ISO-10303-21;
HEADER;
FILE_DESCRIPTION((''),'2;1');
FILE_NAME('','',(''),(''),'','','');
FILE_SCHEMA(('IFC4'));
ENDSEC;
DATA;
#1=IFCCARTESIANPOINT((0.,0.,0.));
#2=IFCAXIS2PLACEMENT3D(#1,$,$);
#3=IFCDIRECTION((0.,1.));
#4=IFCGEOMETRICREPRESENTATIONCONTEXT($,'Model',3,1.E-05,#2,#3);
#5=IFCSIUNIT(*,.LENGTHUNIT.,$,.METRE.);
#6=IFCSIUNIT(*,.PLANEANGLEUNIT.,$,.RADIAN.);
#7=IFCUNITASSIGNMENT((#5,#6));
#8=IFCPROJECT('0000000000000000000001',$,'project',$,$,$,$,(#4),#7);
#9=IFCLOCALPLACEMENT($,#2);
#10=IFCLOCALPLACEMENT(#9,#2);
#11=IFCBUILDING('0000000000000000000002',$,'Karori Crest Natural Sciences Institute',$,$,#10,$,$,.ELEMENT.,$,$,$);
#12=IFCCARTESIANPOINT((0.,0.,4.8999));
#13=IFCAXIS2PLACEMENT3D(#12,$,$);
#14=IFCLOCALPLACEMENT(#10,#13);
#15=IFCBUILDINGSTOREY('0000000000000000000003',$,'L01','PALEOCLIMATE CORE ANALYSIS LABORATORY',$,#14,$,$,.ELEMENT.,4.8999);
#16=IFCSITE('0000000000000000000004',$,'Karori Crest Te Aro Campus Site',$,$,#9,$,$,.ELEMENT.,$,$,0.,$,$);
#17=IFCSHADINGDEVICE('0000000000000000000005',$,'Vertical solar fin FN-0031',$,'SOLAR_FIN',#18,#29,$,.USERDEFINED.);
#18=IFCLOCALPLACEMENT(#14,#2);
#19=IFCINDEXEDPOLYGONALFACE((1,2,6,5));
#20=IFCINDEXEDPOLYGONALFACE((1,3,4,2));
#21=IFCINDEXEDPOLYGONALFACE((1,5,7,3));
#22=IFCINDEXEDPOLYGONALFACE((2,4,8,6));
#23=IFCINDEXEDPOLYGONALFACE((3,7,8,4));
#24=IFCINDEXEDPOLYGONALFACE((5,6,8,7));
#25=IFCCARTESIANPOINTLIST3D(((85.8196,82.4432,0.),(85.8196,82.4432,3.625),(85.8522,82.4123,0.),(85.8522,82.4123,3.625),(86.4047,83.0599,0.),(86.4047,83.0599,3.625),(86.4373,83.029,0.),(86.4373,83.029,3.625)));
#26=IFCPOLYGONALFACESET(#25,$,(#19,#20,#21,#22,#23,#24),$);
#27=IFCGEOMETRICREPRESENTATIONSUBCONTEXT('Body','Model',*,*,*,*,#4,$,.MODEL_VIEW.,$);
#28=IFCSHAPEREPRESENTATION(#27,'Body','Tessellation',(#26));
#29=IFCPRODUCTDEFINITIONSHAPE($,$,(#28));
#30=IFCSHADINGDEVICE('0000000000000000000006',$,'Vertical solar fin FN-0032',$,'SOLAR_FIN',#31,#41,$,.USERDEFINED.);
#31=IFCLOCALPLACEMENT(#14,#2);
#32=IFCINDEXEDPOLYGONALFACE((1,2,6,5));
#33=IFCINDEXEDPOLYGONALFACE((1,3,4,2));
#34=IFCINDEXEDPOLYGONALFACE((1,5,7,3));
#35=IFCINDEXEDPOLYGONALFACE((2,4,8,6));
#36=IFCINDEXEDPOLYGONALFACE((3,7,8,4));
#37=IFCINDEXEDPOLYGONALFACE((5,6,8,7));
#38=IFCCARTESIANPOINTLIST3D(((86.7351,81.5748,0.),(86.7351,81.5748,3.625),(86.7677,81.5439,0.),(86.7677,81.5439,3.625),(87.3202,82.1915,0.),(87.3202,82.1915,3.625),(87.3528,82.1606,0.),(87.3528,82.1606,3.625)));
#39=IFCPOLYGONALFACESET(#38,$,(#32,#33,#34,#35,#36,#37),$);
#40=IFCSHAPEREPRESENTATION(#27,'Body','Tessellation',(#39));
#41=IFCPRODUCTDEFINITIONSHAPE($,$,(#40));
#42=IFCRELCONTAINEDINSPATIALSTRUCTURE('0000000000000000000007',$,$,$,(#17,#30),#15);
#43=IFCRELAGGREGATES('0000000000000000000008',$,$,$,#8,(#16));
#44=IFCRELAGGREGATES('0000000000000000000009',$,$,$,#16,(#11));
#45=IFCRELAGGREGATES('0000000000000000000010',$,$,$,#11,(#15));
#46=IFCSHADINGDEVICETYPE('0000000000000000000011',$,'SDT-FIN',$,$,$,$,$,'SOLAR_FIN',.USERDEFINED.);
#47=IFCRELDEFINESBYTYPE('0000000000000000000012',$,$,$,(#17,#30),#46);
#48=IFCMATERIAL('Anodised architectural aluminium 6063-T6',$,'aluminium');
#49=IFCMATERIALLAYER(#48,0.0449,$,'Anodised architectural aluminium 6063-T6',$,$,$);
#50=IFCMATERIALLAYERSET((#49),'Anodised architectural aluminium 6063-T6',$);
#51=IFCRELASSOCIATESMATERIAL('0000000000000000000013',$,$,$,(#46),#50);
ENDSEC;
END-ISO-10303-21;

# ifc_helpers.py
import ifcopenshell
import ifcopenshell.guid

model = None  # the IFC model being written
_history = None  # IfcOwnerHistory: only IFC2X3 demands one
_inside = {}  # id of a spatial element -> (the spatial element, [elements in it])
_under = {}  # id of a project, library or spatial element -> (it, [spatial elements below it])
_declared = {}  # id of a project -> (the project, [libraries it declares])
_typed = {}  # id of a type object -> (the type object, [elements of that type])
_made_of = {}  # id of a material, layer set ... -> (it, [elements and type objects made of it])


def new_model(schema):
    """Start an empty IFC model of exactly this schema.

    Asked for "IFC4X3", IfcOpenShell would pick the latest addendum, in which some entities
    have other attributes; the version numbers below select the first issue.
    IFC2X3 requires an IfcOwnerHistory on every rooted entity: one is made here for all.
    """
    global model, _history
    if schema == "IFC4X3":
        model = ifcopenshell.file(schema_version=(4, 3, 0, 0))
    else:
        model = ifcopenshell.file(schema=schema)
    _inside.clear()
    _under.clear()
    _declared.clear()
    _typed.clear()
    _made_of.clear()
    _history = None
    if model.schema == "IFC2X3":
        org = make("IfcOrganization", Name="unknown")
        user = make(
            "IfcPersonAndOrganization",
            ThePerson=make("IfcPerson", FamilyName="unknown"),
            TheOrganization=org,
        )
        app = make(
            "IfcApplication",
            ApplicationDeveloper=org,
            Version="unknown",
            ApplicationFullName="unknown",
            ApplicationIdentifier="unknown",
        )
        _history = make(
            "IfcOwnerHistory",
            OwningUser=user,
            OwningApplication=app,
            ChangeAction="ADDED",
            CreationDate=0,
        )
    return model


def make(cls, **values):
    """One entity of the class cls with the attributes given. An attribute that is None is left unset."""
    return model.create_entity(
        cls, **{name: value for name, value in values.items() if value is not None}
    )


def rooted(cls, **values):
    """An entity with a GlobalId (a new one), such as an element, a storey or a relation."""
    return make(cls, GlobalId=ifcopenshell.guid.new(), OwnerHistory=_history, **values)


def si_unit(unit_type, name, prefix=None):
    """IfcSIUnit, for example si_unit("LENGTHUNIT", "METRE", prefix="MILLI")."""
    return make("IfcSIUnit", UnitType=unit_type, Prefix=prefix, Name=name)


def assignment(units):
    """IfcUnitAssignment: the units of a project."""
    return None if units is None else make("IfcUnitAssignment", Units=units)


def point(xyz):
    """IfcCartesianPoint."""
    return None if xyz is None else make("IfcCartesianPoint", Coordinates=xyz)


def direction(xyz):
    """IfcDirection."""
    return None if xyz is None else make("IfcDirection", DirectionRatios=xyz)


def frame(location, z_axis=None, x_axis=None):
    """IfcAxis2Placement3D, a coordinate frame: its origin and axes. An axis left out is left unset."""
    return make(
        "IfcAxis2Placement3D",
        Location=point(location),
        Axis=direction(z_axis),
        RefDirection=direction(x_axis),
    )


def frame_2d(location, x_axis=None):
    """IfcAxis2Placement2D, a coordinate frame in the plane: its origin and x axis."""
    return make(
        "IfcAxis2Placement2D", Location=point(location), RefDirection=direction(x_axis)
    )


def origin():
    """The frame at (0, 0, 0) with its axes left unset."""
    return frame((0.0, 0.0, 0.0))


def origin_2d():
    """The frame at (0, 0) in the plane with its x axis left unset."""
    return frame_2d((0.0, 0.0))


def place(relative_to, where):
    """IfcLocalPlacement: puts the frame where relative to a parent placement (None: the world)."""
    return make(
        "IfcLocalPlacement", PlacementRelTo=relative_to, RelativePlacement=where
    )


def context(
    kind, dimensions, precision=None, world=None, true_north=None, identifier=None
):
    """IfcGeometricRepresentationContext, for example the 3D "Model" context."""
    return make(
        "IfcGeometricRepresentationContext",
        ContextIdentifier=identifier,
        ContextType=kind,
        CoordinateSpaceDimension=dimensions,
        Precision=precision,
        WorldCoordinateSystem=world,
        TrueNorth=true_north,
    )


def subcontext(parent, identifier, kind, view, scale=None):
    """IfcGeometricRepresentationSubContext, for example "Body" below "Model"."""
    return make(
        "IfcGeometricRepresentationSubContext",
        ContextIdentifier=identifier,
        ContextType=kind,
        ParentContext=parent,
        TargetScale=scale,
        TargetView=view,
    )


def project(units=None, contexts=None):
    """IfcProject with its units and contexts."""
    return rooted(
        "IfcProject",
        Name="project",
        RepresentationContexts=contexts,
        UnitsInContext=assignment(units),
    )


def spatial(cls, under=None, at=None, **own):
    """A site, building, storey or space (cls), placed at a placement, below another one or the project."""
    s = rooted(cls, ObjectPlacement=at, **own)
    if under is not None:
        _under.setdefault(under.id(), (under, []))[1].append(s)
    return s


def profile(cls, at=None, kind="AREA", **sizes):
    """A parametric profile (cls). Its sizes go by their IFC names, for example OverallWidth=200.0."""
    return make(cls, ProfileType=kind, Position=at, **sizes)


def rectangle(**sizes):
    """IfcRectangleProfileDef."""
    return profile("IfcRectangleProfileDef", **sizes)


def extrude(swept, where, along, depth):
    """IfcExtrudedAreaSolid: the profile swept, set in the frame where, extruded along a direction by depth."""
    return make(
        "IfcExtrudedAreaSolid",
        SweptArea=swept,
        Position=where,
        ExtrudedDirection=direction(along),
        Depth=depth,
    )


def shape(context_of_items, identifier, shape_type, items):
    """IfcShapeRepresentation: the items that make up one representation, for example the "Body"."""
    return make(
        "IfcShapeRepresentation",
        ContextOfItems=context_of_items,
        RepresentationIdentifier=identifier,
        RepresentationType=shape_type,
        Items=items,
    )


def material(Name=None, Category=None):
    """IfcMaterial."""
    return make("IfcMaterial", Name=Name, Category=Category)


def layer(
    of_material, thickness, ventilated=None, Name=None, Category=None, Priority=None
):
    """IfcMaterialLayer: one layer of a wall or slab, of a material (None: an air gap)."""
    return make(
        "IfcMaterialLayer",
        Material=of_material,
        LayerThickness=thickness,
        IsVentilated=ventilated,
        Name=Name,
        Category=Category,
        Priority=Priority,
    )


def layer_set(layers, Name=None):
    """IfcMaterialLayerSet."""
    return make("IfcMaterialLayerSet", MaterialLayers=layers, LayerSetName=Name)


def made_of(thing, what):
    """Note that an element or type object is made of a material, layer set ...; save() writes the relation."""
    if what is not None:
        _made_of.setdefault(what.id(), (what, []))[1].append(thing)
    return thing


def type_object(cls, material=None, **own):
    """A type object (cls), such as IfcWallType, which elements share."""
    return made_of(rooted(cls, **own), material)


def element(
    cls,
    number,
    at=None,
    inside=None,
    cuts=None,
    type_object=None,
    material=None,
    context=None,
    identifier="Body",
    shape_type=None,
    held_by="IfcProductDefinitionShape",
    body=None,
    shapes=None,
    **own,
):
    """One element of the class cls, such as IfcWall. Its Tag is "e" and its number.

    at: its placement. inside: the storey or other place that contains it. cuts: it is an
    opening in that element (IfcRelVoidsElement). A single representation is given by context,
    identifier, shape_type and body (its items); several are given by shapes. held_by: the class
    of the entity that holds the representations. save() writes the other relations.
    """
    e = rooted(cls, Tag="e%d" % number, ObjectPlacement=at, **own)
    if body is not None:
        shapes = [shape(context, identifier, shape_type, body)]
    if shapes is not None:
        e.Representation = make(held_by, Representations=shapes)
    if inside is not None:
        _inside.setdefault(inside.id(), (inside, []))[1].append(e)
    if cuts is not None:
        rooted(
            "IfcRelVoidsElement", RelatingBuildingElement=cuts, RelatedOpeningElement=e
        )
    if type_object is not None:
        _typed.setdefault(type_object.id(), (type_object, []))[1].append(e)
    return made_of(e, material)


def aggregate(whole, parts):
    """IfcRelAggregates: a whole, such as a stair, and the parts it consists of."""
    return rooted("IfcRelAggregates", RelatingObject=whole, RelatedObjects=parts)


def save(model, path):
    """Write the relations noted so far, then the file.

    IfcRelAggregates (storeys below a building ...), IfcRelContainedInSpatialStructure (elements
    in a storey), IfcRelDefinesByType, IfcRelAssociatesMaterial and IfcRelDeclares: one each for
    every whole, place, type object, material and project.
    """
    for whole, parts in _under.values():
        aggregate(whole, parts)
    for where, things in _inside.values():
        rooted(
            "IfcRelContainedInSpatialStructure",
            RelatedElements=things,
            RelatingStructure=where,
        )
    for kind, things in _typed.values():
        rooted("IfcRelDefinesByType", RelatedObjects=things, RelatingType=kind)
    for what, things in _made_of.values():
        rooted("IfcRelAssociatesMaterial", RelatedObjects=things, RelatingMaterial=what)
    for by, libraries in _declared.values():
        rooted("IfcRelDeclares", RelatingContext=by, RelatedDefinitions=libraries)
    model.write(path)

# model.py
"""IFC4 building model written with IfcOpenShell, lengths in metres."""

from ifc_helpers import new_model, si_unit, direction, frame, origin, origin_2d, place, context, subcontext, project, spatial, rectangle, extrude, material, layer, layer_set, type_object, element, save


model = new_model("IFC4")

# Units and contexts
model_context = context("Model", 3, precision=1e-05, world=origin(), true_north=direction((0.0, 1.0)))
body_context = subcontext(model_context, "Body", "Model", "MODEL_VIEW")
ifc_project = project(units=[si_unit("LENGTHUNIT", "METRE"), si_unit("PLANEANGLEUNIT", "RADIAN")], contexts=[model_context])

# Site, building, storey
site_placement = place(None, origin())
site = spatial("IfcSite", under=ifc_project, at=site_placement, Name="Karori Crest Te Aro Campus Site", CompositionType="ELEMENT", RefElevation=0.0)
building_placement = place(site_placement, origin())
building = spatial("IfcBuilding", under=site, at=building_placement, Name="Karori Crest Natural Sciences Institute", CompositionType="ELEMENT")
storey_placement = place(building_placement, frame((0.0, 0.0, 4.8999)))
storey = spatial("IfcBuildingStorey", under=building, at=storey_placement, Name="L01", Description="PALEOCLIMATE CORE ANALYSIS LABORATORY", CompositionType="ELEMENT", Elevation=4.8999)

# Shared definitions
ifc_material_1 = material(Name="Anodised architectural aluminium 6063-T6", Category="aluminium")

# Shading devices
ifc_layer_1 = layer(ifc_material_1, 0.0449, Name="Anodised architectural aluminium 6063-T6")
ifc_layer_set_1 = layer_set([ifc_layer_1], Name="Anodised architectural aluminium 6063-T6")
shading_device_type = type_object("IfcShadingDeviceType", Name="SDT-FIN", ElementType="SOLAR_FIN", PredefinedType="USERDEFINED", material=ifc_layer_set_1)
for number, where, z_axis, x_axis, name in (
    (1, (86.1284, 82.7361, 0.0), (0.0, 0.0, 1.0), (0.688246, 0.725478, 0.0), "Vertical solar fin FN-0031"),
    (2, (87.0439, 81.8677, 0.0), (0.0, 0.0, 1.0), (0.688246, 0.725478, 0.0), "Vertical solar fin FN-0032"),
):
    element("IfcShadingDevice", number, at=place(storey_placement, frame(where, z_axis=z_axis, x_axis=x_axis)), inside=storey, type_object=shading_device_type, Name=name, ObjectType="SOLAR_FIN", PredefinedType="USERDEFINED", context=body_context, shape_type="SweptSolid", body=[
        extrude(rectangle(XDim=0.8501, YDim=0.0449, at=origin_2d()), origin(), (0.0, 0.0, 1.0), 3.625),
    ])

save(model, "model.ifc")
